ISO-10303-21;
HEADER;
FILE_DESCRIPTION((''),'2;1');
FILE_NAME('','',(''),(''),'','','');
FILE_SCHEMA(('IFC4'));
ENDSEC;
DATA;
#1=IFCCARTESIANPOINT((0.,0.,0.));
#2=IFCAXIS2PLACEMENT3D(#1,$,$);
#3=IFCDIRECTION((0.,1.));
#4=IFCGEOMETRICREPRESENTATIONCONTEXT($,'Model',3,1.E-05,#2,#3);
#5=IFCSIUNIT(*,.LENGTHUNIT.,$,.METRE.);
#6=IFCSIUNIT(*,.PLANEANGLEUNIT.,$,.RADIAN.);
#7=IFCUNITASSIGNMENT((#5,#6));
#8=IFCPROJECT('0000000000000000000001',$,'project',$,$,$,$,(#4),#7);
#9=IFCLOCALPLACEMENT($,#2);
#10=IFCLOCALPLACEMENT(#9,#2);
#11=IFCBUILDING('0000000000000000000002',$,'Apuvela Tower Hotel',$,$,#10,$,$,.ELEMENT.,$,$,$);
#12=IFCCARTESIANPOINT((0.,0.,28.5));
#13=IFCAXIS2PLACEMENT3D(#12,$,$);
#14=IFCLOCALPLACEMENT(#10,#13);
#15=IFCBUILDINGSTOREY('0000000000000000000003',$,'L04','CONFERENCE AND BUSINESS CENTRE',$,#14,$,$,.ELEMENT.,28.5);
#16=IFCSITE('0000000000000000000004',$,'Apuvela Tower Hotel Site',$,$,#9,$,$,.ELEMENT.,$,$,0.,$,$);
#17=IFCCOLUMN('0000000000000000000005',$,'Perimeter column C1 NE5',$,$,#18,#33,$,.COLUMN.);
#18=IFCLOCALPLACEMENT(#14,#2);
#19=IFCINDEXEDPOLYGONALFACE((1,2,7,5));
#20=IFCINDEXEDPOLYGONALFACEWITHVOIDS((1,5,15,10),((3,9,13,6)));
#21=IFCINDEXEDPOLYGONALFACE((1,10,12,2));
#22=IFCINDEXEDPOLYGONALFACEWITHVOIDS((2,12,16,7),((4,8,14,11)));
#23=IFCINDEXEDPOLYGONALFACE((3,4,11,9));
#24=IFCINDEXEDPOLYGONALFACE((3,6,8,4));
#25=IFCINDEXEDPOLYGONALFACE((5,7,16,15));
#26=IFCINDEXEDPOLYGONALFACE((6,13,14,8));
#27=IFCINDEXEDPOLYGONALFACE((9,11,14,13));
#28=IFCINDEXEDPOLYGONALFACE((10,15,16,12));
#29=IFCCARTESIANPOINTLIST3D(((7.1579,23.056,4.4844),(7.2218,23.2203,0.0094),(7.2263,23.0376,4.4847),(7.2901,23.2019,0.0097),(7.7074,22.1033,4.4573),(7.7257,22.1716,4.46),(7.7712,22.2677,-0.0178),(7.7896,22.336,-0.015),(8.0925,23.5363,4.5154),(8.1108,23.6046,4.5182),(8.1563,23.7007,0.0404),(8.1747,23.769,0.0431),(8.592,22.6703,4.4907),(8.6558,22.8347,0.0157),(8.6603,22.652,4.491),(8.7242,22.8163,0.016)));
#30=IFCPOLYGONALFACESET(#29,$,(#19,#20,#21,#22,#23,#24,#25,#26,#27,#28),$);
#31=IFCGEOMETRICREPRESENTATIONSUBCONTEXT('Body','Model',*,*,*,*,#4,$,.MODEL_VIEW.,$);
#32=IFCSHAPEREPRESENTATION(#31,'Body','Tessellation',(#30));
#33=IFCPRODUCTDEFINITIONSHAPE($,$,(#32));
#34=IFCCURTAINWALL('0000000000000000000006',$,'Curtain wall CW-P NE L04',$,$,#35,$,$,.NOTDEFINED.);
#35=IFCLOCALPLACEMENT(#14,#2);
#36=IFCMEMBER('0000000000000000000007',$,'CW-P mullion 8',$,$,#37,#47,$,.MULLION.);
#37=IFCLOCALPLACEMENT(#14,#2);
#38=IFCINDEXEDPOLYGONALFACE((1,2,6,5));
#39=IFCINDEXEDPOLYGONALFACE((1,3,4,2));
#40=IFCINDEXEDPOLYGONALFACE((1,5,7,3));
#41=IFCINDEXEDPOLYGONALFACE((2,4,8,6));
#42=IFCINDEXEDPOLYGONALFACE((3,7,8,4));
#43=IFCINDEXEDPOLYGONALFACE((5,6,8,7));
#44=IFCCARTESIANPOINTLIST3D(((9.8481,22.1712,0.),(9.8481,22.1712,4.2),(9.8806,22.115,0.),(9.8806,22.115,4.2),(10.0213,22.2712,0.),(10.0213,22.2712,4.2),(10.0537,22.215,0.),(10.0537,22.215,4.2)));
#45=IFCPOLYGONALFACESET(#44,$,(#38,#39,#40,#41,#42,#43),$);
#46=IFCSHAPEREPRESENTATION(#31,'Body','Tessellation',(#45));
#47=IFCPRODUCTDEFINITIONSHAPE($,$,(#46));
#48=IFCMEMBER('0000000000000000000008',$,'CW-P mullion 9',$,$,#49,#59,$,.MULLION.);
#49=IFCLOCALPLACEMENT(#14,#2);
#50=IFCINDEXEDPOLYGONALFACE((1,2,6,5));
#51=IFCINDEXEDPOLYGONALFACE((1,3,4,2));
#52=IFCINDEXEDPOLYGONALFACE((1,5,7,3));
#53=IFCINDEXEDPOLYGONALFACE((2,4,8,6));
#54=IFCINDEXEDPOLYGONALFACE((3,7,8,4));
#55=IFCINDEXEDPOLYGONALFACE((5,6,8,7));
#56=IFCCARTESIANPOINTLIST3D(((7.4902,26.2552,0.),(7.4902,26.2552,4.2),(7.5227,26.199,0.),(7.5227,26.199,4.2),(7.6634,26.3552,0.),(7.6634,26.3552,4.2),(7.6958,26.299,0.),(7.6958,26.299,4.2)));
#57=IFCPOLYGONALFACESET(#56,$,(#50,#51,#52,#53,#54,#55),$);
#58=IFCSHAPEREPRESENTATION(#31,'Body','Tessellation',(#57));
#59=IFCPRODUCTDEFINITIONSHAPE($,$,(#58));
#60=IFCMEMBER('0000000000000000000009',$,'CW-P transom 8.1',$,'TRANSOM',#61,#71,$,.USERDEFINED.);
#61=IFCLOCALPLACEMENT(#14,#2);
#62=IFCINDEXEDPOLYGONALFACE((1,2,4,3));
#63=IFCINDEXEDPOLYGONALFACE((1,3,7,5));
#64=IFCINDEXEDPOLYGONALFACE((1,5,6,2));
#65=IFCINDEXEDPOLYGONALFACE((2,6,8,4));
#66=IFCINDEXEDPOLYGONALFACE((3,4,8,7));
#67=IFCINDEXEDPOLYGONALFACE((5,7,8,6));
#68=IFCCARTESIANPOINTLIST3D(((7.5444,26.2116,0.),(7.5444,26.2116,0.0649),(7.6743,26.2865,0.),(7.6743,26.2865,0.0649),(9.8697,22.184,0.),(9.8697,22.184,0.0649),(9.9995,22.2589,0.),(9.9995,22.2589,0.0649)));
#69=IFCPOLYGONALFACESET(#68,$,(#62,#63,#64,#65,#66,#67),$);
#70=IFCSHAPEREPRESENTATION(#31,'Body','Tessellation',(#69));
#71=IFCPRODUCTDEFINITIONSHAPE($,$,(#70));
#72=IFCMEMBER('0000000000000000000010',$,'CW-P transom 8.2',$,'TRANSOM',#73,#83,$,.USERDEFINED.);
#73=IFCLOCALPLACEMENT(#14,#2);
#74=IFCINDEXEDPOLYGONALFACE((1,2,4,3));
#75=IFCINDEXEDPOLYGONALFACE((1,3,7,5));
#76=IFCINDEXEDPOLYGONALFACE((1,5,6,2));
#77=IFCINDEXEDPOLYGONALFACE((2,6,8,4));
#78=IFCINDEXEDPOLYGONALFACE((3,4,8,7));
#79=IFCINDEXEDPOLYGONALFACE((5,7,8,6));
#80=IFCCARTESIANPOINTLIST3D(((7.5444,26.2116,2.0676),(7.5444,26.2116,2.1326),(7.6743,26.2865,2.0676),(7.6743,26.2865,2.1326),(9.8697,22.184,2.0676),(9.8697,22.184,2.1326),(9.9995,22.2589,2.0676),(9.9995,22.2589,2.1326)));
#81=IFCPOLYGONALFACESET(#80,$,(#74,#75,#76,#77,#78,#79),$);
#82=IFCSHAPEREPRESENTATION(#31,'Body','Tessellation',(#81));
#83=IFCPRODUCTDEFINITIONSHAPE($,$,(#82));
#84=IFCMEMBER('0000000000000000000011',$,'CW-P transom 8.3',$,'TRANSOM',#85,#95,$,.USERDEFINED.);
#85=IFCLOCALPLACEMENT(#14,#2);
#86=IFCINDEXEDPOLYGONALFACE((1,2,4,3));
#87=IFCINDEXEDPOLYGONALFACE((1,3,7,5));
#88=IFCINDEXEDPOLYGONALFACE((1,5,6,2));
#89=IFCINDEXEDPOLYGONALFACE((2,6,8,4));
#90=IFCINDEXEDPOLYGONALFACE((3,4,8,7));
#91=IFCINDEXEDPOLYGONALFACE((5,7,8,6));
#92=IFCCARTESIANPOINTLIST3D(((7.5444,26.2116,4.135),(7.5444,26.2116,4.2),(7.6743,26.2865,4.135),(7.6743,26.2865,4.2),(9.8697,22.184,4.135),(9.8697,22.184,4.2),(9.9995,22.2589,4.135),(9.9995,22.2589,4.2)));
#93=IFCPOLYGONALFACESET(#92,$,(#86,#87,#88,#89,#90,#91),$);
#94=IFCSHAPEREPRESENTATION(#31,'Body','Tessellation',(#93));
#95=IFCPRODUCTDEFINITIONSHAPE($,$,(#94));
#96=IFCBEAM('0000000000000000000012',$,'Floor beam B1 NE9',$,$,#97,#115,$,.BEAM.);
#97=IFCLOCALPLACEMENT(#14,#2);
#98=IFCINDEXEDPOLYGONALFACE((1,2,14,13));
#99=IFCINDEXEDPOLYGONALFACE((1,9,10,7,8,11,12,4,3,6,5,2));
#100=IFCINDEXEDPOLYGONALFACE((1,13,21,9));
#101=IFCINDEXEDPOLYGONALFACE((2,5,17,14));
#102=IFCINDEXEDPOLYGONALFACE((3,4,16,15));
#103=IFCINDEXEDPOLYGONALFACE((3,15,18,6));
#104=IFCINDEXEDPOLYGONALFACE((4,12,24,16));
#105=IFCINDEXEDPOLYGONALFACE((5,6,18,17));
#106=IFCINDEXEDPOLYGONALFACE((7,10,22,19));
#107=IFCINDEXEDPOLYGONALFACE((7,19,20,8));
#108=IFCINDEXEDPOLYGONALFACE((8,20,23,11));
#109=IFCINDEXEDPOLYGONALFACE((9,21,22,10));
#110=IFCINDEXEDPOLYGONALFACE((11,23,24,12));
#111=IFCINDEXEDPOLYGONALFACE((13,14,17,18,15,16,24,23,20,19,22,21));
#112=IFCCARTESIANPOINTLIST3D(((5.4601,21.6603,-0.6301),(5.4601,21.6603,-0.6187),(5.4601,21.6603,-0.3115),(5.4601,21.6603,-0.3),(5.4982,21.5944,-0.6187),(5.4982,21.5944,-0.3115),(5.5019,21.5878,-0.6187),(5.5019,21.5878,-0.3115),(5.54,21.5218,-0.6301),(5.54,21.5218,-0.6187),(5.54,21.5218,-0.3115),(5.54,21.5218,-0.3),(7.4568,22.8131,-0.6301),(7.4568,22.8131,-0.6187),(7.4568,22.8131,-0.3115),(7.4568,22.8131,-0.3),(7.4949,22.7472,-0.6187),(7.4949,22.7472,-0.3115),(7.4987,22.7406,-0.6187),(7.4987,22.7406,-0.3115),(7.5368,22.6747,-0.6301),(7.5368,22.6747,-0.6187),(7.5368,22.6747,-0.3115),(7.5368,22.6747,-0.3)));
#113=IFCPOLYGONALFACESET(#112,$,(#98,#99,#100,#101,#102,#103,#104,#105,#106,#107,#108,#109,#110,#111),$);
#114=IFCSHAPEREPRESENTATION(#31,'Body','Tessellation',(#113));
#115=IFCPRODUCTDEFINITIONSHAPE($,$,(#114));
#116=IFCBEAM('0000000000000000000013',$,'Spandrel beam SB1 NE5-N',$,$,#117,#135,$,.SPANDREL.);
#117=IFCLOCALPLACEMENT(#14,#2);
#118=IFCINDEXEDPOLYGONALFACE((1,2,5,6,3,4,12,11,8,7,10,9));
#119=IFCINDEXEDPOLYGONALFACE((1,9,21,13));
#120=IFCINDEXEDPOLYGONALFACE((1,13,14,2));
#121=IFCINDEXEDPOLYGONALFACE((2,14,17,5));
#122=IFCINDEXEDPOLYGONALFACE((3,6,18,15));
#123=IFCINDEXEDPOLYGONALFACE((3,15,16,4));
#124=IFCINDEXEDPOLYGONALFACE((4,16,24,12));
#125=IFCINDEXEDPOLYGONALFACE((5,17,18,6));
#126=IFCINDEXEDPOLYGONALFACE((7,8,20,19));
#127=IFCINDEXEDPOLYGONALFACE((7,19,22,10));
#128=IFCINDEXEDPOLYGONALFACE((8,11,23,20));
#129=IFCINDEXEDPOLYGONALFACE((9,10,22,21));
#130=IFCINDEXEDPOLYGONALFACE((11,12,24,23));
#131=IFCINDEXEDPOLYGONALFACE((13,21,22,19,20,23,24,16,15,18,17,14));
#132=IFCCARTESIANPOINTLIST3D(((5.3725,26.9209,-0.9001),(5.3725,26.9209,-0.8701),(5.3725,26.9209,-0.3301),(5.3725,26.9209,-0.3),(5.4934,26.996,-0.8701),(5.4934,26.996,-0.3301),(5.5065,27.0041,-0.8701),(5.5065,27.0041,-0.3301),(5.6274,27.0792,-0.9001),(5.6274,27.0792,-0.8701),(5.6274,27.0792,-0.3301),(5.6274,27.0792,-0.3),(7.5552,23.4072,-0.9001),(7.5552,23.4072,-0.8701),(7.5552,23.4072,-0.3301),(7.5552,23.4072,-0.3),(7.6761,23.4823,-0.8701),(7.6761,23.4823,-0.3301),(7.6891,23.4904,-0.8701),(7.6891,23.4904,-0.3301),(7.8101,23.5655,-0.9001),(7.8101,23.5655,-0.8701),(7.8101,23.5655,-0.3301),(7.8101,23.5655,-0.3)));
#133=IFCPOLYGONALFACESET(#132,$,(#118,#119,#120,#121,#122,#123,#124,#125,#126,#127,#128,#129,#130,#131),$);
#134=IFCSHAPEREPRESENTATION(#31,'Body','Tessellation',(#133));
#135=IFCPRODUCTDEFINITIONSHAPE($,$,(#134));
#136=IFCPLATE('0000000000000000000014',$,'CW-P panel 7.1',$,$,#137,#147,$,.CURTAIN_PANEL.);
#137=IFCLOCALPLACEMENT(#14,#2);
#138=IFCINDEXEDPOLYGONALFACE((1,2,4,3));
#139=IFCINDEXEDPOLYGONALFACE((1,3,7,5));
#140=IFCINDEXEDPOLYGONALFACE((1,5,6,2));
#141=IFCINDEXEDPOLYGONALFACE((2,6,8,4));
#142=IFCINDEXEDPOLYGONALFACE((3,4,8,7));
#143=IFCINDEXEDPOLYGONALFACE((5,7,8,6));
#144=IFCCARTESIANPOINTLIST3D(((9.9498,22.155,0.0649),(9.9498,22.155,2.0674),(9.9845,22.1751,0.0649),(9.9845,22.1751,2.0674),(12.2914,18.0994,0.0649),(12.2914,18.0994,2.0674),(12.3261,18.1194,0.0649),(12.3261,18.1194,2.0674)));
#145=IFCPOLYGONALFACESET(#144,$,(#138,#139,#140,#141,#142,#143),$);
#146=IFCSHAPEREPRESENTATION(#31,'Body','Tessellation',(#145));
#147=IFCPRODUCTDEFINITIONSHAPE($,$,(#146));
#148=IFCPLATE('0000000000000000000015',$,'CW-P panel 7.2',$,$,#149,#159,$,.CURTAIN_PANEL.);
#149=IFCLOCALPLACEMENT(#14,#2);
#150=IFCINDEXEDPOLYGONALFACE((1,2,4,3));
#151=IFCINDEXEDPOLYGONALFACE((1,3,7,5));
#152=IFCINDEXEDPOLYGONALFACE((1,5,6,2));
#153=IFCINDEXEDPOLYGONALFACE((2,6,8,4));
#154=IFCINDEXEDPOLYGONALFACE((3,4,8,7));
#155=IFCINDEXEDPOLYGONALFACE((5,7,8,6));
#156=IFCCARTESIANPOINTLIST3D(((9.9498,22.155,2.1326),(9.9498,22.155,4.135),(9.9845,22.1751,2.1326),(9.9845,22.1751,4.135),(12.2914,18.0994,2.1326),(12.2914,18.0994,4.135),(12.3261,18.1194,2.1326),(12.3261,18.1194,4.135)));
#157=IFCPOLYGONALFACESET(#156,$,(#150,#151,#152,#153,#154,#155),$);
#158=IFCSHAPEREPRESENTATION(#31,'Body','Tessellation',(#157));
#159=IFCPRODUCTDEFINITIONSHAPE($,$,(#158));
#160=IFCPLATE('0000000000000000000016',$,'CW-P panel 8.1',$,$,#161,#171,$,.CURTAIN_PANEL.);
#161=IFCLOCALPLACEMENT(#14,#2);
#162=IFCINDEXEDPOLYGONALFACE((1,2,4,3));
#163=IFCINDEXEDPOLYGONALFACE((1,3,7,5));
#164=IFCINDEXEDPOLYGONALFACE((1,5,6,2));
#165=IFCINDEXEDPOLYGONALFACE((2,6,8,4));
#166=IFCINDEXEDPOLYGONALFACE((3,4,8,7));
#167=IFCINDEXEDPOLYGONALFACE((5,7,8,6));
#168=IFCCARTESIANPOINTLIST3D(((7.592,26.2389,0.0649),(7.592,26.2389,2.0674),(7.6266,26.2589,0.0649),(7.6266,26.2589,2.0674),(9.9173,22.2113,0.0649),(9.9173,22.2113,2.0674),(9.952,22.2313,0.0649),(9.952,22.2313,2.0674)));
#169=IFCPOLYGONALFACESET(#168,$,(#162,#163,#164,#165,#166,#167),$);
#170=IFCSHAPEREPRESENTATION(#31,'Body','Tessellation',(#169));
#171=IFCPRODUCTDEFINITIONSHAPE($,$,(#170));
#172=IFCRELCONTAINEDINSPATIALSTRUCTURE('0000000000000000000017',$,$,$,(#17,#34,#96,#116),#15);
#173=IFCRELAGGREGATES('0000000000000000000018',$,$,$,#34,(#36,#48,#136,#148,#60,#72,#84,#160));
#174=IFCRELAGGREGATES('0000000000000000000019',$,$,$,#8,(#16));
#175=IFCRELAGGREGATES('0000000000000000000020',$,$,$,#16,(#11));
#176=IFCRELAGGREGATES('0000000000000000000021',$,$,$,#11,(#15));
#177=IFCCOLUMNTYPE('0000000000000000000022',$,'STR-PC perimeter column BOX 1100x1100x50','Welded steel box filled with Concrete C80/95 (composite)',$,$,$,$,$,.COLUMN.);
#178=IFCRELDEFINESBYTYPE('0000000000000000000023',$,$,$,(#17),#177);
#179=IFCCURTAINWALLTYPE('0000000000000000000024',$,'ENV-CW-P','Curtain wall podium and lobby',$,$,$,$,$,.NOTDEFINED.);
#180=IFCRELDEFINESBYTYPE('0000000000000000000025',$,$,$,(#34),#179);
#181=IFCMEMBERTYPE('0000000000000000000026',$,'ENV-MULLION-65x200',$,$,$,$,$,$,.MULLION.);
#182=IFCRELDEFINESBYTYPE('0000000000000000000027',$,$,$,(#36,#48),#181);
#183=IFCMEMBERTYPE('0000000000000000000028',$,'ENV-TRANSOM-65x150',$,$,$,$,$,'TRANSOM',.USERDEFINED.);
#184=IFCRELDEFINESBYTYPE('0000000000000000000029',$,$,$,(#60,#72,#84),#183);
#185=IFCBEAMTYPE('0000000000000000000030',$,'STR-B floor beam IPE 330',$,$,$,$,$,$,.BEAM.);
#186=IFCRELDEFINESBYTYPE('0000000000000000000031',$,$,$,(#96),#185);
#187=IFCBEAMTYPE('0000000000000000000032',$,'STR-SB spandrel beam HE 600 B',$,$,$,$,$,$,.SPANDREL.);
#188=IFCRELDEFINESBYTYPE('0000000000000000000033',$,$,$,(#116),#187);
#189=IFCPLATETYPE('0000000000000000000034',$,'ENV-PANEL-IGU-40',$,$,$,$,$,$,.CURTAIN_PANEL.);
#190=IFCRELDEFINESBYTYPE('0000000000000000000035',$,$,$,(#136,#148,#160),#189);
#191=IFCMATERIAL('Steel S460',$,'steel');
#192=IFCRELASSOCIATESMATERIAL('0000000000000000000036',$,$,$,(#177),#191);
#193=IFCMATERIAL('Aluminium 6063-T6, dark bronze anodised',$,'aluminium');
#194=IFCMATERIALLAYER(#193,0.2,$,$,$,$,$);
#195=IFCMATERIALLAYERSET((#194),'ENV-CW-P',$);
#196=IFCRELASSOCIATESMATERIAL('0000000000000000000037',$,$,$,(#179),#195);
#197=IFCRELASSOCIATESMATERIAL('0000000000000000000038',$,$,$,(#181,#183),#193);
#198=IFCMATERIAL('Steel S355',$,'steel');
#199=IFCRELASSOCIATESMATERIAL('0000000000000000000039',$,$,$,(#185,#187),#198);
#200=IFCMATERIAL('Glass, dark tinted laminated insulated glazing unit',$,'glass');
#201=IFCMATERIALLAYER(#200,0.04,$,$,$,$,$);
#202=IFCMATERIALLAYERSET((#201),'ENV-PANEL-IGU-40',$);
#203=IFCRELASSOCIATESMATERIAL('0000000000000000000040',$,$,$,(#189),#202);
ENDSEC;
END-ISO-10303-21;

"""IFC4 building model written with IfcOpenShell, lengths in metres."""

from ifc_helpers import new_model, si_unit, direction, frame, origin, origin_2d, place, context, subcontext, project, spatial, rectangle, hollow_rectangle, i_section, extrude, boolean, halfspace, material, layer, layer_set, material_profile, profile_set, type_object, element, aggregate, save


model = new_model("IFC4")

# Units and contexts
model_context = context("Model", 3, precision=1e-05, world=origin(), true_north=direction((0.0, 1.0)))
body_context = subcontext(model_context, "Body", "Model", "MODEL_VIEW")
ifc_project = project(units=[si_unit("LENGTHUNIT", "METRE"), si_unit("PLANEANGLEUNIT", "RADIAN")], contexts=[model_context])

# Site, building, storey
site_placement = place(None, origin())
site = spatial("IfcSite", under=ifc_project, at=site_placement, Name="Apuvela Tower Hotel Site", CompositionType="ELEMENT", RefElevation=0.0)
building_placement = place(site_placement, origin())
building = spatial("IfcBuilding", under=site, at=building_placement, Name="Apuvela Tower Hotel", CompositionType="ELEMENT")
storey_placement = place(building_placement, frame((0.0, 0.0, 28.5)))
storey = spatial("IfcBuildingStorey", under=building, at=storey_placement, Name="L04", Description="CONFERENCE AND BUSINESS CENTRE", CompositionType="ELEMENT", Elevation=28.5)

# Column
ifc_material_1 = material(Name="Steel S460", Category="steel")
ifc_material_profile_1 = material_profile(ifc_material_1, hollow_rectangle(XDim=1.1001, YDim=1.1001, WallThickness=0.05, at=origin_2d()), Name="BOX 1100x1100x50")
ifc_material_2 = material(Name="Concrete C80/95", Category="concrete")
ifc_material_profile_2 = material_profile(ifc_material_2, rectangle(XDim=1.0, YDim=1.0, at=origin_2d()), Name="Concrete C80/95 infill")
ifc_profile_set_1 = profile_set([ifc_material_profile_1, ifc_material_profile_2], Name="Steel S460")
column_type = type_object("IfcColumnType", Name="STR-PC perimeter column BOX 1100x1100x50", Description="Welded steel box filled with Concrete C80/95 (composite)", PredefinedType="COLUMN", material=ifc_profile_set_1)
column_placement = place(storey_placement, frame((7.9731, 23.0188, 0.0), z_axis=(-0.014258, -0.036701, 0.999225), x_axis=(-0.499479, 0.865974, 0.02468)))
element("IfcColumn", 1, at=column_placement, inside=storey, type_object=column_type, Name="Perimeter column C1 NE5", PredefinedType="COLUMN", context=body_context, shape_type="SweptSolid", body=[
    boolean("DIFFERENCE", boolean("DIFFERENCE", extrude(hollow_rectangle(XDim=1.1001, YDim=1.1001, WallThickness=0.05, at=origin_2d()), origin(), (0.0, 0.0, 1.0), 4.5034), halfspace(frame((0.0, 0.0, 0.0127), z_axis=(0.0, 0.0, 1.0), x_axis=(1.0, 0.0, 0.0)), True)), halfspace(frame((0.0, 0.0, 4.4912), z_axis=(0.0, 0.0, 1.0), x_axis=(1.0, 0.0, 0.0)), False)),
])

# Curtain wall, members
ifc_material_3 = material(Name="Aluminium 6063-T6, dark bronze anodised", Category="aluminium")
ifc_layer_1 = layer(ifc_material_3, 0.2)
ifc_layer_set_1 = layer_set([ifc_layer_1], Name="ENV-CW-P")
curtain_wall_type = type_object("IfcCurtainWallType", Name="ENV-CW-P", Description="Curtain wall podium and lobby", PredefinedType="NOTDEFINED", material=ifc_layer_set_1)
curtain_wall_placement = place(storey_placement, origin())
curtain_wall = element("IfcCurtainWall", 2, at=curtain_wall_placement, inside=storey, type_object=curtain_wall_type, Name="Curtain wall CW-P NE L04", PredefinedType="NOTDEFINED")
ifc_material_profile_3 = material_profile(ifc_material_3, rectangle(XDim=0.2, YDim=0.0649, at=origin_2d()), Name="AL 65x200")
ifc_profile_set_2 = profile_set([ifc_material_profile_3], Name="Aluminium 6063-T6, dark bronze anodised")
member_type_1 = type_object("IfcMemberType", Name="ENV-MULLION-65x200", PredefinedType="MULLION", material=ifc_profile_set_2)
member_1_placement = place(storey_placement, frame((9.9509, 22.1931, 0.0), z_axis=(0.0, 0.0, 1.0), x_axis=(-0.866024, -0.500002, 0.0)))
member_1 = element("IfcMember", 3, at=member_1_placement, type_object=member_type_1, Name="CW-P mullion 8", PredefinedType="MULLION", context=body_context, shape_type="SweptSolid", body=[
    extrude(rectangle(XDim=0.2, YDim=0.0649, at=origin_2d()), origin(), (0.0, 0.0, 1.0), 4.2),
])
member_2_placement = place(storey_placement, frame((7.593, 26.2771, 0.0), z_axis=(0.0, 0.0, 1.0), x_axis=(-0.866024, -0.500002, 0.0)))
member_2 = element("IfcMember", 4, at=member_2_placement, type_object=member_type_1, Name="CW-P mullion 9", PredefinedType="MULLION", context=body_context, shape_type="SweptSolid", body=[
    extrude(rectangle(XDim=0.2, YDim=0.0649, at=origin_2d()), origin(), (0.0, 0.0, 1.0), 4.2),
])
ifc_material_profile_4 = material_profile(ifc_material_3, rectangle(XDim=0.1499, YDim=0.0649, at=origin_2d()), Name="AL 65x150 transom")
ifc_profile_set_3 = profile_set([ifc_material_profile_4], Name="Aluminium 6063-T6, dark bronze anodised")
member_type_2 = type_object("IfcMemberType", Name="ENV-TRANSOM-65x150", ElementType="TRANSOM", PredefinedType="USERDEFINED", material=ifc_profile_set_3)
member_3_placement = place(storey_placement, frame((9.9346, 22.2214, 0.0325), z_axis=(-0.499978, 0.866038, 0.0), x_axis=(-0.866038, -0.499978, 0.0)))
member_3 = element("IfcMember", 5, at=member_3_placement, type_object=member_type_2, Name="CW-P transom 8.1", ObjectType="TRANSOM", PredefinedType="USERDEFINED", context=body_context, shape_type="SweptSolid", body=[
    extrude(rectangle(XDim=0.1499, YDim=0.0649, at=origin_2d()), origin(), (0.0, 0.0, 1.0), 4.6506),
])
member_4_placement = place(storey_placement, frame((9.9346, 22.2214, 2.1001), z_axis=(-0.499978, 0.866038, 0.0), x_axis=(-0.866038, -0.499978, 0.0)))
member_4 = element("IfcMember", 6, at=member_4_placement, type_object=member_type_2, Name="CW-P transom 8.2", ObjectType="TRANSOM", PredefinedType="USERDEFINED", context=body_context, shape_type="SweptSolid", body=[
    extrude(rectangle(XDim=0.1499, YDim=0.0649, at=origin_2d()), origin(), (0.0, 0.0, 1.0), 4.6506),
])
member_5_placement = place(storey_placement, frame((9.9346, 22.2214, 4.1675), z_axis=(-0.499978, 0.866038, 0.0), x_axis=(-0.866038, -0.499978, 0.0)))
member_5 = element("IfcMember", 7, at=member_5_placement, type_object=member_type_2, Name="CW-P transom 8.3", ObjectType="TRANSOM", PredefinedType="USERDEFINED", context=body_context, shape_type="SweptSolid", body=[
    extrude(rectangle(XDim=0.1499, YDim=0.0649, at=origin_2d()), origin(), (0.0, 0.0, 1.0), 4.6506),
])

# Beams
ifc_material_4 = material(Name="Steel S355", Category="steel")
ifc_material_profile_5 = material_profile(ifc_material_4, i_section(OverallWidth=0.1599, OverallDepth=0.3301, WebThickness=0.0076, FlangeThickness=0.0115, at=origin_2d()), Name="IPE 330")
ifc_profile_set_4 = profile_set([ifc_material_profile_5], Name="Steel S355")
beam_type_1 = type_object("IfcBeamType", Name="STR-B floor beam IPE 330", PredefinedType="BEAM", material=ifc_profile_set_4)
beam_1_placement = place(storey_placement, frame((7.4968, 22.7439, -0.4651), z_axis=(-0.866032, -0.499988, 0.0), x_axis=(0.499988, -0.866032, 0.0)))
element("IfcBeam", 8, at=beam_1_placement, inside=storey, type_object=beam_type_1, Name="Floor beam B1 NE9", PredefinedType="BEAM", context=body_context, shape_type="SweptSolid", body=[
    extrude(i_section(OverallWidth=0.1599, OverallDepth=0.3301, WebThickness=0.0076, FlangeThickness=0.0115, at=origin_2d()), origin(), (0.0, 0.0, 1.0), 2.3057),
])
ifc_material_profile_6 = material_profile(ifc_material_4, i_section(OverallWidth=0.3, OverallDepth=0.6001, WebThickness=0.0154, FlangeThickness=0.03, at=origin_2d()), Name="HE 600 B")
ifc_profile_set_5 = profile_set([ifc_material_profile_6], Name="Steel S355")
beam_type_2 = type_object("IfcBeamType", Name="STR-SB spandrel beam HE 600 B", PredefinedType="SPANDREL", material=ifc_profile_set_5)
beam_2_placement = place(storey_placement, frame((7.6826, 23.4863, -0.6001), z_axis=(-0.527663, 0.849454, 0.0), x_axis=(-0.849454, -0.527663, 0.0)))
element("IfcBeam", 9, at=beam_2_placement, inside=storey, type_object=beam_type_2, Name="Spandrel beam SB1 NE5-N", PredefinedType="SPANDREL", context=body_context, shape_type="SweptSolid", body=[
    extrude(i_section(OverallWidth=0.3, OverallDepth=0.6001, WebThickness=0.0154, FlangeThickness=0.03, at=origin_2d()), origin(), (0.0, 0.0, 1.0), 4.1365),
])

# Plates
ifc_material_5 = material(Name="Glass, dark tinted laminated insulated glazing unit", Category="glass")
ifc_layer_2 = layer(ifc_material_5, 0.04)
ifc_layer_set_2 = layer_set([ifc_layer_2], Name="ENV-PANEL-IGU-40")
plate_type = type_object("IfcPlateType", Name="ENV-PANEL-IGU-40", PredefinedType="CURTAIN_PANEL", material=ifc_layer_set_2)
plate_1_placement = place(storey_placement, frame((11.1379, 20.1372, 0.0649), z_axis=(0.0, 0.0, 1.0), x_axis=(-0.500002, 0.866024, 0.0)))
plate_1 = element("IfcPlate", 10, at=plate_1_placement, type_object=plate_type, Name="CW-P panel 7.1", PredefinedType="CURTAIN_PANEL", context=body_context, shape_type="SweptSolid", body=[
    extrude(rectangle(XDim=4.6831, YDim=0.04, at=origin_2d()), origin(), (0.0, 0.0, 1.0), 2.0024),
])
plate_2_placement = place(storey_placement, frame((11.1379, 20.1372, 2.1326), z_axis=(0.0, 0.0, 1.0), x_axis=(-0.500002, 0.866024, 0.0)))
plate_2 = element("IfcPlate", 11, at=plate_2_placement, type_object=plate_type, Name="CW-P panel 7.2", PredefinedType="CURTAIN_PANEL", context=body_context, shape_type="SweptSolid", body=[
    extrude(rectangle(XDim=4.6831, YDim=0.04, at=origin_2d()), origin(), (0.0, 0.0, 1.0), 2.0024),
])
plate_3_placement = place(storey_placement, frame((8.772, 24.2351, 0.0649), z_axis=(0.0, 0.0, 1.0), x_axis=(-0.500002, 0.866024, 0.0)))
plate_3 = element("IfcPlate", 12, at=plate_3_placement, type_object=plate_type, Name="CW-P panel 8.1", PredefinedType="CURTAIN_PANEL", context=body_context, shape_type="SweptSolid", body=[
    extrude(rectangle(XDim=4.6506, YDim=0.04, at=origin_2d()), origin(), (0.0, 0.0, 1.0), 2.0024),
])
aggregate(curtain_wall, [member_1, member_2, plate_1, plate_2, member_3, member_4, member_5, plate_3])

save(model, "model.ifc")
